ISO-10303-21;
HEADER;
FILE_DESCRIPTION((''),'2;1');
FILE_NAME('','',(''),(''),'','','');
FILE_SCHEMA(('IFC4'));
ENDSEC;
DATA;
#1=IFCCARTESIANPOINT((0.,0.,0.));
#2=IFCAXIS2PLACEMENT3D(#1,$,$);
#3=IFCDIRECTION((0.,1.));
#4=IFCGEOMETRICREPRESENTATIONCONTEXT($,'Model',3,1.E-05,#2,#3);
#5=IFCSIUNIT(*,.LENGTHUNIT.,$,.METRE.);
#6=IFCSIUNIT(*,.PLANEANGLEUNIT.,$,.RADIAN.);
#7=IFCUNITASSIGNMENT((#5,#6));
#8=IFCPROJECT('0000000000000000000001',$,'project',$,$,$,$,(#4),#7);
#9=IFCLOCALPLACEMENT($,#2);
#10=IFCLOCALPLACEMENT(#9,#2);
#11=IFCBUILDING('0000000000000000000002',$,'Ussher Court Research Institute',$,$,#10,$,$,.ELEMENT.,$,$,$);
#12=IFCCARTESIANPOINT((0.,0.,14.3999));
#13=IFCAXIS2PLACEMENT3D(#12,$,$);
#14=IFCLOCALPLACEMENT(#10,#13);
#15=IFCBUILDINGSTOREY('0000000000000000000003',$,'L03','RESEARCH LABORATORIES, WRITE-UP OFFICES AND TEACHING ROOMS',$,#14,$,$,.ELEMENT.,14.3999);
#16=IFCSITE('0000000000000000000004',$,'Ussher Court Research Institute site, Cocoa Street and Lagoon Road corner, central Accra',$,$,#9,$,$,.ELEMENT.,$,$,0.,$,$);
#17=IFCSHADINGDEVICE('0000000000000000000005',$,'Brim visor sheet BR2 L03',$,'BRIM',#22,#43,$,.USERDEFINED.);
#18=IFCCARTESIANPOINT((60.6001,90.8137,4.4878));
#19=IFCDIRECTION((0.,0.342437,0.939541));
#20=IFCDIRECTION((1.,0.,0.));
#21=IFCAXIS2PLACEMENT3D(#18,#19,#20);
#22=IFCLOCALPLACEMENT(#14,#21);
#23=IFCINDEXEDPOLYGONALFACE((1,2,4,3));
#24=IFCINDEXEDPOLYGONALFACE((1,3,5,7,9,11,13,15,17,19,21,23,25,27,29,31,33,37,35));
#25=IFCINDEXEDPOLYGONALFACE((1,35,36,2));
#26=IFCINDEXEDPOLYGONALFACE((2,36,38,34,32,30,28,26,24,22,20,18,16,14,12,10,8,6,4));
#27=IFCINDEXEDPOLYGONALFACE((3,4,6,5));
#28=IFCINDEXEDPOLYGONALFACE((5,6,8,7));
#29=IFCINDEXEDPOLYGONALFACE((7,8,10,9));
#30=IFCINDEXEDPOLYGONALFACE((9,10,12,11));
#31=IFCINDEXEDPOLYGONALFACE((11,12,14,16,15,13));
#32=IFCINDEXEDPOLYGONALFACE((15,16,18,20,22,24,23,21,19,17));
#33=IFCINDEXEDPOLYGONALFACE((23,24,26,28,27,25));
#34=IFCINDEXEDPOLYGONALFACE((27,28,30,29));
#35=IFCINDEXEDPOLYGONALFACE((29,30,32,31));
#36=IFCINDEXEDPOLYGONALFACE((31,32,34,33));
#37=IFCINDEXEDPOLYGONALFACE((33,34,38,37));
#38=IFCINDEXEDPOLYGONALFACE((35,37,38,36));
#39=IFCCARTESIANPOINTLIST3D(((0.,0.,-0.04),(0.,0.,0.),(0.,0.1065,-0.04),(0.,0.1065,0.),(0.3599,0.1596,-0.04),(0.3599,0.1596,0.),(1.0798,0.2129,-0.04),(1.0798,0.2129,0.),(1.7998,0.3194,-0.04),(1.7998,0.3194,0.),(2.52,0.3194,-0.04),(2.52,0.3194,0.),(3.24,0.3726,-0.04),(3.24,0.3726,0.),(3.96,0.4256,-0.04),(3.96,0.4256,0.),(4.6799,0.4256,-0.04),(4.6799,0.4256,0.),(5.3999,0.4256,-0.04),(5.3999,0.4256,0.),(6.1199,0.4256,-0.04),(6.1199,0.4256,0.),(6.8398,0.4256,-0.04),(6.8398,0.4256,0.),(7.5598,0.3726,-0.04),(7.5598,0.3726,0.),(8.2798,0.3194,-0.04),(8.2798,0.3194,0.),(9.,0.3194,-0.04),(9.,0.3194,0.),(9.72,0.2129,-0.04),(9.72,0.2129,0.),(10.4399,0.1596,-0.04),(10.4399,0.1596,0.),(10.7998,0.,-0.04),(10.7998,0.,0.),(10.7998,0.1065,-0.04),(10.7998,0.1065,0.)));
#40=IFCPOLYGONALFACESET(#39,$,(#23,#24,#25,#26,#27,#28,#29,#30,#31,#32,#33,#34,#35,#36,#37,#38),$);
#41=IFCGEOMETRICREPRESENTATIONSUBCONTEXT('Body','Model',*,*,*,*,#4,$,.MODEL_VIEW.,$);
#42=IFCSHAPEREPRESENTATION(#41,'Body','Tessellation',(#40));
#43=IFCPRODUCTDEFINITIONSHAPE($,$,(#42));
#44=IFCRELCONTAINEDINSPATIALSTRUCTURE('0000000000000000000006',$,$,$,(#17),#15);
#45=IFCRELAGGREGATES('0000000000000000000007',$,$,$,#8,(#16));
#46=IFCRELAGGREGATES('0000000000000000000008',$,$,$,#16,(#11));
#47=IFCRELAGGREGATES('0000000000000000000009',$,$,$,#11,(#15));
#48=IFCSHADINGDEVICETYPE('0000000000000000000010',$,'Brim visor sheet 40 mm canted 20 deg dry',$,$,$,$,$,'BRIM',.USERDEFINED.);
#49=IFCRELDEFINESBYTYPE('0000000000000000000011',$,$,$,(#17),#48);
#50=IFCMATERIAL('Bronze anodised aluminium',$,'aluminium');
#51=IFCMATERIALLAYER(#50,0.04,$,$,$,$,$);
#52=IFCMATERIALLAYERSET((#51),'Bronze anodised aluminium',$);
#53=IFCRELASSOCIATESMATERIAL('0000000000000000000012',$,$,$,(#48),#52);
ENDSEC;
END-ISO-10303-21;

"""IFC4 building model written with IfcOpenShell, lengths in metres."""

from ifc_helpers import new_model, si_unit, direction, frame, origin, place, context, subcontext, project, spatial, polyline, outline, extrude, material, layer, layer_set, type_object, element, save


model = new_model("IFC4")

# Units and contexts
model_context = context("Model", 3, precision=1e-05, world=origin(), true_north=direction((0.0, 1.0)))
body_context = subcontext(model_context, "Body", "Model", "MODEL_VIEW")
ifc_project = project(units=[si_unit("LENGTHUNIT", "METRE"), si_unit("PLANEANGLEUNIT", "RADIAN")], contexts=[model_context])

# Site, building, storey
site_placement = place(None, origin())
site = spatial("IfcSite", under=ifc_project, at=site_placement, Name="Ussher Court Research Institute site, Cocoa Street and Lagoon Road corner, central Accra", CompositionType="ELEMENT", RefElevation=0.0)
building_placement = place(site_placement, origin())
building = spatial("IfcBuilding", under=site, at=building_placement, Name="Ussher Court Research Institute", CompositionType="ELEMENT")
storey_placement = place(building_placement, frame((0.0, 0.0, 14.3999)))
storey = spatial("IfcBuildingStorey", under=building, at=storey_placement, Name="L03", Description="RESEARCH LABORATORIES, WRITE-UP OFFICES AND TEACHING ROOMS", CompositionType="ELEMENT", Elevation=14.3999)

# Shading device
ifc_material_1 = material(Name="Bronze anodised aluminium", Category="aluminium")
ifc_layer_1 = layer(ifc_material_1, 0.04)
ifc_layer_set_1 = layer_set([ifc_layer_1], Name="Bronze anodised aluminium")
shading_device_type_1 = type_object("IfcShadingDeviceType", Name="Brim visor sheet 40 mm canted 20 deg dry", ElementType="BRIM", PredefinedType="USERDEFINED", material=ifc_layer_set_1)
shading_device_1_placement = place(storey_placement, frame((60.6001, 90.8137, 4.4878), z_axis=(0.0, 0.342437, 0.939541), x_axis=(1.0, 0.0, 0.0)))
element("IfcShadingDevice", 1, at=shading_device_1_placement, inside=storey, type_object=shading_device_type_1, Name="Brim visor sheet BR2 L03", ObjectType="BRIM", PredefinedType="USERDEFINED", context=body_context, shape_type="SweptSolid", body=[
    extrude(outline(polyline([(0.0, 0.0), (10.7998, 0.0), (10.7998, 0.1065), (10.4399, 0.1596), (9.72, 0.2129), (9.0, 0.3194), (8.2798, 0.3194), (7.5598, 0.3726), (6.8398, 0.4256), (6.1199, 0.4256), (5.3999, 0.4256), (4.6799, 0.4256), (3.96, 0.4256), (3.24, 0.3726), (2.52, 0.3194), (1.7998, 0.3194), (1.0798, 0.2129), (0.3599, 0.1596), (0.0, 0.1065), (0.0, 0.0)])), origin(), (0.0, 0.0, -1.0), 0.04),
])

save(model, "model.ifc")
